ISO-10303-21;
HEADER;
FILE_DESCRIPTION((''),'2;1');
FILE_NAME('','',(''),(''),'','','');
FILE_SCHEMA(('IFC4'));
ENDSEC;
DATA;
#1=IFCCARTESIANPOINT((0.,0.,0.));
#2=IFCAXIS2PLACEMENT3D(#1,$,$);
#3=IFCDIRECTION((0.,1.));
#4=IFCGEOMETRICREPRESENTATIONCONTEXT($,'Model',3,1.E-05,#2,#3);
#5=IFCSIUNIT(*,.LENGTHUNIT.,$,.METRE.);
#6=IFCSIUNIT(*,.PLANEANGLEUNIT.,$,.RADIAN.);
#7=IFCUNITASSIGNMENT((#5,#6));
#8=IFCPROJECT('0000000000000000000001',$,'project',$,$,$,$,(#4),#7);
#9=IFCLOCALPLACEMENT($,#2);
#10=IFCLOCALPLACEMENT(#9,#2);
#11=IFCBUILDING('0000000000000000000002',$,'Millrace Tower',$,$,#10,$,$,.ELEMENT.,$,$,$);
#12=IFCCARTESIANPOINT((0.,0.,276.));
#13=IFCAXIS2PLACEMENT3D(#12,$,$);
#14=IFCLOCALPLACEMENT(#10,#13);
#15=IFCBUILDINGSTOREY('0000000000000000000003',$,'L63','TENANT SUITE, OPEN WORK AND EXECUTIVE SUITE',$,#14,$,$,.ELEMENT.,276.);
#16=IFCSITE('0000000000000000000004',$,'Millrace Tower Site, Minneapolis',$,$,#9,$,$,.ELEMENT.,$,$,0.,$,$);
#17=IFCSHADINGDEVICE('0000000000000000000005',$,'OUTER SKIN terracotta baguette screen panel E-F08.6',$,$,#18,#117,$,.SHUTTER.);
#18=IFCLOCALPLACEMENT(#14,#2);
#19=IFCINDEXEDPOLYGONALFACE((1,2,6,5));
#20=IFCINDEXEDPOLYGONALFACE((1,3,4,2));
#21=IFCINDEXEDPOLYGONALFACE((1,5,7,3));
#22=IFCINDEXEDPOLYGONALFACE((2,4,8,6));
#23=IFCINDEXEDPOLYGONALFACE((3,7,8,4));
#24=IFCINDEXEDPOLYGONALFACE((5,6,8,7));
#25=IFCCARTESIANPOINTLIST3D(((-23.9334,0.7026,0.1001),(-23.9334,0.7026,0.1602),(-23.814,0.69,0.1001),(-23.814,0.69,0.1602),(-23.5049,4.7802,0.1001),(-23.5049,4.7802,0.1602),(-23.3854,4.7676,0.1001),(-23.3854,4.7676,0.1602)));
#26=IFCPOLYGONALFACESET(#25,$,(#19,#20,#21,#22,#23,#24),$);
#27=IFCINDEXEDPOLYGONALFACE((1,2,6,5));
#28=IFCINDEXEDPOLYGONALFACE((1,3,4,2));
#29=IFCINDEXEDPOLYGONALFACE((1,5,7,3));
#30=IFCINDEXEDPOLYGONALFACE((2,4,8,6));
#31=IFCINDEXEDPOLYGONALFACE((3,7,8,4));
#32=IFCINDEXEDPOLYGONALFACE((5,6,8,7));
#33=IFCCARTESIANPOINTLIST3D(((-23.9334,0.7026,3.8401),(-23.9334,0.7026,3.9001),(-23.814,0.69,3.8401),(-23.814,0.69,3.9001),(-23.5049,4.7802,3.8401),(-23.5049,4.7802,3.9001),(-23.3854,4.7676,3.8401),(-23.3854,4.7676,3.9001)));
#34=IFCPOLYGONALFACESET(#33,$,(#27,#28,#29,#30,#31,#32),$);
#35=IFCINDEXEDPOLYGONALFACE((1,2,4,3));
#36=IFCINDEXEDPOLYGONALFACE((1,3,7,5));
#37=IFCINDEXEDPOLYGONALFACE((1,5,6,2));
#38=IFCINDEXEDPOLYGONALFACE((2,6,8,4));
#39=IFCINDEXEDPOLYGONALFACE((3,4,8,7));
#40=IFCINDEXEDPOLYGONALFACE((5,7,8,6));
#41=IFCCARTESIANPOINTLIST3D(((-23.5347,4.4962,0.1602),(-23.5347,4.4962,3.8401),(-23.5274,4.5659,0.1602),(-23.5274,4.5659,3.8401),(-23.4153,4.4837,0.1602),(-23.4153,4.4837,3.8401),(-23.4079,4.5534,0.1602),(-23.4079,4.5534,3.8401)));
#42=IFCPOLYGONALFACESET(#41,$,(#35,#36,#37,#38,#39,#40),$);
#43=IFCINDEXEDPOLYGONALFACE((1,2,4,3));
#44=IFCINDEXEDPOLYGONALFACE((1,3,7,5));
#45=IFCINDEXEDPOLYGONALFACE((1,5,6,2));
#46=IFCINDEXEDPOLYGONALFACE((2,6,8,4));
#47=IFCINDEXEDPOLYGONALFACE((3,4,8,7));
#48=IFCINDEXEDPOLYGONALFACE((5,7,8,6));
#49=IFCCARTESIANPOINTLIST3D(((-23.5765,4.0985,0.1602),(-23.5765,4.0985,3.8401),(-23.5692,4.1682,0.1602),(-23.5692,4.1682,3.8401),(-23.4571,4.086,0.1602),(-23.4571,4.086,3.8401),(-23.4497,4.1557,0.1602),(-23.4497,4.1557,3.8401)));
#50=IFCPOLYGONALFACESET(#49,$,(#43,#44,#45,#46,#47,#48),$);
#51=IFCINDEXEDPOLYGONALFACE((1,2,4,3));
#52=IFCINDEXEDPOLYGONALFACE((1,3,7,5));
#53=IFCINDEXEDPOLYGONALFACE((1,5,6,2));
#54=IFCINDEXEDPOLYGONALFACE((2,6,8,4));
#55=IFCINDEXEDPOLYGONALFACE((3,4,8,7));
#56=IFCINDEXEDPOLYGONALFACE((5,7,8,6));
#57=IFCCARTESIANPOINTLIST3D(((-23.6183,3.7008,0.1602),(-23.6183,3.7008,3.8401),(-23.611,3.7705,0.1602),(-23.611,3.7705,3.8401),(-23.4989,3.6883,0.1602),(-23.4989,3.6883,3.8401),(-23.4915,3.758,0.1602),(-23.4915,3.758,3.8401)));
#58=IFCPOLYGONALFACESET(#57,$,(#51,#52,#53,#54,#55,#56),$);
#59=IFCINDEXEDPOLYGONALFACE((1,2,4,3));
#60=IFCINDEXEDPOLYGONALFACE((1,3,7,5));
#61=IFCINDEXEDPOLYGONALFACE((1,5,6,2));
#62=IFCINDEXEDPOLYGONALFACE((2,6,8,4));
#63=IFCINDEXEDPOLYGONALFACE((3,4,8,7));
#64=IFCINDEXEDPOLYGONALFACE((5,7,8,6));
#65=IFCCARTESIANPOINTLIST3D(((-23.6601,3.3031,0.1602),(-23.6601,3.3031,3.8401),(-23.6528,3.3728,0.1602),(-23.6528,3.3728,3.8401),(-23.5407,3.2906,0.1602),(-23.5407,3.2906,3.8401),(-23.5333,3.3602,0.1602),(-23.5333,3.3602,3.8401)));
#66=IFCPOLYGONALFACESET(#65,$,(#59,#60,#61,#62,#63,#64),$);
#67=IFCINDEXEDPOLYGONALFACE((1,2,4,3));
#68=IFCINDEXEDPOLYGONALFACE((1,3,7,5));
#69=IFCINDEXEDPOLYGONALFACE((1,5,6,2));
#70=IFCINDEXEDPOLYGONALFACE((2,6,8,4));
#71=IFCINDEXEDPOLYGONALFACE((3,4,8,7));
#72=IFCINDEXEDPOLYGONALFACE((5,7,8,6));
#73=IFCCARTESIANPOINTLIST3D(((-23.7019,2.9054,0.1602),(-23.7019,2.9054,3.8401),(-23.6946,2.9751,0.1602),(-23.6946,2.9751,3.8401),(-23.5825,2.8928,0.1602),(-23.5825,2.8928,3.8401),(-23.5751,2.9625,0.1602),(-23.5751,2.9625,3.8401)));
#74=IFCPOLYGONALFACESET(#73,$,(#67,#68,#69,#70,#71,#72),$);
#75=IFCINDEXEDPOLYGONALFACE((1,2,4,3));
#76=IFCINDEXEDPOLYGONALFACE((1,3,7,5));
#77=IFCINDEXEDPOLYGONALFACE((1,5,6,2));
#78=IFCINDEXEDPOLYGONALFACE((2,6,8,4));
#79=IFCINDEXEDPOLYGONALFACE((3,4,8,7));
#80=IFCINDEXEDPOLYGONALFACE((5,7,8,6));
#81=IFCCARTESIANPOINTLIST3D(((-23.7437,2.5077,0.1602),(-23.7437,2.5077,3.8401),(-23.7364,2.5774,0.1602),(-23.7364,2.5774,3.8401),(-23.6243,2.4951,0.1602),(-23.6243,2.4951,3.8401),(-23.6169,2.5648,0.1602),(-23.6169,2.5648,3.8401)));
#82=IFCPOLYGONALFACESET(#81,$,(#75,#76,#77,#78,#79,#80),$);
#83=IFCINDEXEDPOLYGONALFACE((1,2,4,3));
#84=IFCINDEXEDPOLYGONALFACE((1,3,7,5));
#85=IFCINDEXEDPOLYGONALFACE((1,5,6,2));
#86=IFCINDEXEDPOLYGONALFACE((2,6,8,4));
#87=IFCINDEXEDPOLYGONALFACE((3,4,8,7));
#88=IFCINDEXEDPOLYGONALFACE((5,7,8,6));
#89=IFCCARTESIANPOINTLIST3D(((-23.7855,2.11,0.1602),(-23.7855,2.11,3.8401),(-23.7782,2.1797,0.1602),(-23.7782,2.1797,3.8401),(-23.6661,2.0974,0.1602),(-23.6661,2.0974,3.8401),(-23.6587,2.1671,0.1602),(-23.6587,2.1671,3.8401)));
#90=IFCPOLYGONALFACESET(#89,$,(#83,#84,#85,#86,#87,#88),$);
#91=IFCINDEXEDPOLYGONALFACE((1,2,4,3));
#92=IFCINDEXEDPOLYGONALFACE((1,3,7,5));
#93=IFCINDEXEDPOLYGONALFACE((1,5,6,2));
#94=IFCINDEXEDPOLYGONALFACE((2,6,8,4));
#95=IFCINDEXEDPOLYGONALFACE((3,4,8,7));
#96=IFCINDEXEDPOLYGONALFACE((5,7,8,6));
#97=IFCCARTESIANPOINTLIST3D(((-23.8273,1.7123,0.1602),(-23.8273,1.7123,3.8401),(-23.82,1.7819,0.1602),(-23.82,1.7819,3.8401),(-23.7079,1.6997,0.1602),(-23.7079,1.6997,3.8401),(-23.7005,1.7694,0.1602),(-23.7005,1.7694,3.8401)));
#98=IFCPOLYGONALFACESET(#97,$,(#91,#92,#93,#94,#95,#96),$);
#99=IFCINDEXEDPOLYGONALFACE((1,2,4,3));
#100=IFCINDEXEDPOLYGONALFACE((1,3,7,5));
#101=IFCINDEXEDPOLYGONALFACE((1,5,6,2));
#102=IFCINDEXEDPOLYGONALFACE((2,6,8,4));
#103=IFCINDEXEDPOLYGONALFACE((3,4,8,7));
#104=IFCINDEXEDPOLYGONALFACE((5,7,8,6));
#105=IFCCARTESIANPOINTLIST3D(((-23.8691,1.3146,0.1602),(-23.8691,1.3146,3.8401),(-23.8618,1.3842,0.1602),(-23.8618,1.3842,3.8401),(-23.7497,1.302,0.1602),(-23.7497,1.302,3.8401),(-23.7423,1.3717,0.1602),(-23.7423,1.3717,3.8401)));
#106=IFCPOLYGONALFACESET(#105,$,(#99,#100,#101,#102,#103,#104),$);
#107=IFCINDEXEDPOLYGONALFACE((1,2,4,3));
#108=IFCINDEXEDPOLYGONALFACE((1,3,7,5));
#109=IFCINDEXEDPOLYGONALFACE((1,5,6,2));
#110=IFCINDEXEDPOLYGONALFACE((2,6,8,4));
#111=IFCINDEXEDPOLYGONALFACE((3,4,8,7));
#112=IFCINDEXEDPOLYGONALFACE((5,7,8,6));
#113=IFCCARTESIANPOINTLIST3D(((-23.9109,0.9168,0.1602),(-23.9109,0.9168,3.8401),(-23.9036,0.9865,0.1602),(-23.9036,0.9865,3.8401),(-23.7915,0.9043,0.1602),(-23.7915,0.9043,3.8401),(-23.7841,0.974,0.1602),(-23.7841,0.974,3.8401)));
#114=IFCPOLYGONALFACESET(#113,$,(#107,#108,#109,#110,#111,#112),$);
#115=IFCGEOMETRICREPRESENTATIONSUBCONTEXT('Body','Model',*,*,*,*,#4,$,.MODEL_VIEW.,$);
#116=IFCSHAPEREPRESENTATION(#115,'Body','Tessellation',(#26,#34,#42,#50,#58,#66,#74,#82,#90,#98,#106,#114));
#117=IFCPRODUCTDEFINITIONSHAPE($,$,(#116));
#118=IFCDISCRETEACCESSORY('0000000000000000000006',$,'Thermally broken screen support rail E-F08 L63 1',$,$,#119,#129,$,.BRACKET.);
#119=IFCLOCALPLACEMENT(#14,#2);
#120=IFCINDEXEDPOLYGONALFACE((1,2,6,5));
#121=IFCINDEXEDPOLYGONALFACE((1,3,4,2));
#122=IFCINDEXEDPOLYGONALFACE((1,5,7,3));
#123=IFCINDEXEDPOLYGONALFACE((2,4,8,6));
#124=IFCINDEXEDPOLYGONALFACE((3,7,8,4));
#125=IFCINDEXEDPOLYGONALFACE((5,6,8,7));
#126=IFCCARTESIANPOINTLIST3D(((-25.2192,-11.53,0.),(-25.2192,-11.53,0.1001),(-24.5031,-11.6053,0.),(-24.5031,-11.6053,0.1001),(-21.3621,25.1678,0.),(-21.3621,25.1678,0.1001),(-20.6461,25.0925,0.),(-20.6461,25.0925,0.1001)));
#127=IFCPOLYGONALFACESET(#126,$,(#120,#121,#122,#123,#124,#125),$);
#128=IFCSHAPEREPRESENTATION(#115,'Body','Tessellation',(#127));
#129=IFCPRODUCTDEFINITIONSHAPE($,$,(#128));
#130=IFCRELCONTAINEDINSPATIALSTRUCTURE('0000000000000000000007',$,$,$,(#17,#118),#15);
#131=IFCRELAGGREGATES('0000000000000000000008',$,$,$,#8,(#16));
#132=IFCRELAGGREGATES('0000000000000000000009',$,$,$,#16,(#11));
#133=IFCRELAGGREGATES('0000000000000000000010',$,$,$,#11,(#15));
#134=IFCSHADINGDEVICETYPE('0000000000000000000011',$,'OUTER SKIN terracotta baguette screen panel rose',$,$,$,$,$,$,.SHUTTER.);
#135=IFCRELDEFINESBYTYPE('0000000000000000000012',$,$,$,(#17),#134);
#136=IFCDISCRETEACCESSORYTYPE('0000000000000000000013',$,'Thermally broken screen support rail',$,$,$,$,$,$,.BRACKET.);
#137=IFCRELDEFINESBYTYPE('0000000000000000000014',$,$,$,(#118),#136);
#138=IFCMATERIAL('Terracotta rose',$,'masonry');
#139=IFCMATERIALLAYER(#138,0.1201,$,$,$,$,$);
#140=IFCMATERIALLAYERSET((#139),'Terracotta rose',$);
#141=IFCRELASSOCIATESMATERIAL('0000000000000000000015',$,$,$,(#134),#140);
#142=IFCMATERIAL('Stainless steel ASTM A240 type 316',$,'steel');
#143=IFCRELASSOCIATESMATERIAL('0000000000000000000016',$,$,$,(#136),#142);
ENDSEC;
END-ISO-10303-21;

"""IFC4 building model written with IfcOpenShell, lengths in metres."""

from ifc_helpers import new_model, entity, si_unit, direction, frame, frame_2d, origin, origin_2d, place, context, subcontext, project, spatial, rectangle, extrude, source, transform, mapped, material, layer, layer_set, type_object, element, save


model = new_model("IFC4")

# Units and contexts
model_context = context("Model", 3, precision=1e-05, world=origin(), true_north=direction((0.0, 1.0)))
body_context = subcontext(model_context, "Body", "Model", "MODEL_VIEW")
ifc_project = project(units=[si_unit("LENGTHUNIT", "METRE"), si_unit("PLANEANGLEUNIT", "RADIAN")], contexts=[model_context])

# Site, building, storey
site_placement = place(None, origin())
site = spatial("IfcSite", under=ifc_project, at=site_placement, Name="Millrace Tower Site, Minneapolis", CompositionType="ELEMENT", RefElevation=0.0)
building_placement = place(site_placement, origin())
building = spatial("IfcBuilding", under=site, at=building_placement, Name="Millrace Tower", CompositionType="ELEMENT")
storey_placement = place(building_placement, frame((0.0, 0.0, 276.0)))
storey = spatial("IfcBuildingStorey", under=building, at=storey_placement, Name="L63", Description="TENANT SUITE, OPEN WORK AND EXECUTIVE SUITE", CompositionType="ELEMENT", Elevation=276.0)

# Shading device
ifc_material_1 = material(Name="Terracotta rose", Category="masonry")
ifc_layer_1 = layer(ifc_material_1, 0.1201)
ifc_layer_set_1 = layer_set([ifc_layer_1], Name="Terracotta rose")
shading_device_type = type_object("IfcShadingDeviceType", Name="OUTER SKIN terracotta baguette screen panel rose", PredefinedType="SHUTTER", material=ifc_layer_set_1)
cartesian_point = entity("IfcCartesianPoint", [-2.05, 0.0601])
shared_polyline = entity("IfcPolyline", [cartesian_point, entity("IfcCartesianPoint", [2.05, 0.0601]), entity("IfcCartesianPoint", [2.05, -0.0601]), entity("IfcCartesianPoint", [-2.05, -0.0601]), cartesian_point])
shared_shape = source(origin(), body_context, "Body", "SweptSolid", [
    entity("IfcExtrudedAreaSolid", entity("IfcArbitraryClosedProfileDef", "AREA", None, shared_polyline), entity("IfcAxis2Placement3D", entity("IfcCartesianPoint", [0.0, 0.0, 0.0])), entity("IfcDirection", [0.0, 0.0, 1.0]), 0.0601),
    entity("IfcExtrudedAreaSolid", entity("IfcArbitraryClosedProfileDef", "AREA", None, shared_polyline), entity("IfcAxis2Placement3D", entity("IfcCartesianPoint", [0.0, 0.0, 3.74])), entity("IfcDirection", [0.0, 0.0, 1.0]), 0.0601),
    extrude(rectangle(XDim=0.0701, YDim=0.1201, at=frame_2d((-1.7996, 0.0))), frame((0.0, 0.0, 0.0601)), (0.0, 0.0, 1.0), 3.6799),
    extrude(rectangle(XDim=0.0701, YDim=0.1201, at=frame_2d((-1.3997, 0.0))), frame((0.0, 0.0, 0.0601)), (0.0, 0.0, 1.0), 3.6799),
    extrude(rectangle(XDim=0.0701, YDim=0.1201, at=frame_2d((-0.9998, 0.0))), frame((0.0, 0.0, 0.0601)), (0.0, 0.0, 1.0), 3.6799),
    extrude(rectangle(XDim=0.0701, YDim=0.1201, at=frame_2d((-0.5999, 0.0))), frame((0.0, 0.0, 0.0601)), (0.0, 0.0, 1.0), 3.6799),
    extrude(rectangle(XDim=0.0701, YDim=0.1201, at=frame_2d((-0.2, 0.0))), frame((0.0, 0.0, 0.0601)), (0.0, 0.0, 1.0), 3.6799),
    extrude(rectangle(XDim=0.0701, YDim=0.1201, at=frame_2d((0.2, 0.0))), frame((0.0, 0.0, 0.0601)), (0.0, 0.0, 1.0), 3.6799),
    extrude(rectangle(XDim=0.0701, YDim=0.1201, at=frame_2d((0.5999, 0.0))), frame((0.0, 0.0, 0.0601)), (0.0, 0.0, 1.0), 3.6799),
    extrude(rectangle(XDim=0.0701, YDim=0.1201, at=frame_2d((0.9998, 0.0))), frame((0.0, 0.0, 0.0601)), (0.0, 0.0, 1.0), 3.6799),
    extrude(rectangle(XDim=0.0701, YDim=0.1201, at=frame_2d((1.3997, 0.0))), frame((0.0, 0.0, 0.0601)), (0.0, 0.0, 1.0), 3.6799),
    extrude(rectangle(XDim=0.0701, YDim=0.1201, at=frame_2d((1.7996, 0.0))), frame((0.0, 0.0, 0.0601)), (0.0, 0.0, 1.0), 3.6799),
])
for number, where, z_axis, x_axis, name in (
    (1, (-23.6594, 2.7351, 0.1001), (0.0, 0.0, 1.0), (-0.104528, -0.994522, 0.0), "OUTER SKIN terracotta baguette screen panel E-F08.6"),
):
    element("IfcShadingDevice", number, at=place(storey_placement, frame(where, z_axis=z_axis, x_axis=x_axis)), inside=storey, type_object=shading_device_type, Name=name, PredefinedType="SHUTTER", context=body_context, shape_type="MappedRepresentation", body=[
        mapped(shared_shape, transform((0.0, 0.0, 0.0), scale=1.0)),
    ])

# Discrete accessory
ifc_material_2 = material(Name="Stainless steel ASTM A240 type 316", Category="steel")
discrete_accessory_type = type_object("IfcDiscreteAccessoryType", Name="Thermally broken screen support rail", PredefinedType="BRACKET", material=ifc_material_2)
discrete_accessory_placement = place(storey_placement, frame((-22.9326, 6.7812, 0.0), z_axis=(0.0, 0.0, 1.0), x_axis=(-0.104528, -0.994522, 0.0)))
element("IfcDiscreteAccessory", 2, at=discrete_accessory_placement, inside=storey, type_object=discrete_accessory_type, Name="Thermally broken screen support rail E-F08 L63 1", PredefinedType="BRACKET", context=body_context, shape_type="SweptSolid", body=[
    extrude(rectangle(XDim=36.8999, YDim=0.72, at=origin_2d()), origin(), (0.0, 0.0, 1.0), 0.1001),
])

save(model, "model.ifc")
